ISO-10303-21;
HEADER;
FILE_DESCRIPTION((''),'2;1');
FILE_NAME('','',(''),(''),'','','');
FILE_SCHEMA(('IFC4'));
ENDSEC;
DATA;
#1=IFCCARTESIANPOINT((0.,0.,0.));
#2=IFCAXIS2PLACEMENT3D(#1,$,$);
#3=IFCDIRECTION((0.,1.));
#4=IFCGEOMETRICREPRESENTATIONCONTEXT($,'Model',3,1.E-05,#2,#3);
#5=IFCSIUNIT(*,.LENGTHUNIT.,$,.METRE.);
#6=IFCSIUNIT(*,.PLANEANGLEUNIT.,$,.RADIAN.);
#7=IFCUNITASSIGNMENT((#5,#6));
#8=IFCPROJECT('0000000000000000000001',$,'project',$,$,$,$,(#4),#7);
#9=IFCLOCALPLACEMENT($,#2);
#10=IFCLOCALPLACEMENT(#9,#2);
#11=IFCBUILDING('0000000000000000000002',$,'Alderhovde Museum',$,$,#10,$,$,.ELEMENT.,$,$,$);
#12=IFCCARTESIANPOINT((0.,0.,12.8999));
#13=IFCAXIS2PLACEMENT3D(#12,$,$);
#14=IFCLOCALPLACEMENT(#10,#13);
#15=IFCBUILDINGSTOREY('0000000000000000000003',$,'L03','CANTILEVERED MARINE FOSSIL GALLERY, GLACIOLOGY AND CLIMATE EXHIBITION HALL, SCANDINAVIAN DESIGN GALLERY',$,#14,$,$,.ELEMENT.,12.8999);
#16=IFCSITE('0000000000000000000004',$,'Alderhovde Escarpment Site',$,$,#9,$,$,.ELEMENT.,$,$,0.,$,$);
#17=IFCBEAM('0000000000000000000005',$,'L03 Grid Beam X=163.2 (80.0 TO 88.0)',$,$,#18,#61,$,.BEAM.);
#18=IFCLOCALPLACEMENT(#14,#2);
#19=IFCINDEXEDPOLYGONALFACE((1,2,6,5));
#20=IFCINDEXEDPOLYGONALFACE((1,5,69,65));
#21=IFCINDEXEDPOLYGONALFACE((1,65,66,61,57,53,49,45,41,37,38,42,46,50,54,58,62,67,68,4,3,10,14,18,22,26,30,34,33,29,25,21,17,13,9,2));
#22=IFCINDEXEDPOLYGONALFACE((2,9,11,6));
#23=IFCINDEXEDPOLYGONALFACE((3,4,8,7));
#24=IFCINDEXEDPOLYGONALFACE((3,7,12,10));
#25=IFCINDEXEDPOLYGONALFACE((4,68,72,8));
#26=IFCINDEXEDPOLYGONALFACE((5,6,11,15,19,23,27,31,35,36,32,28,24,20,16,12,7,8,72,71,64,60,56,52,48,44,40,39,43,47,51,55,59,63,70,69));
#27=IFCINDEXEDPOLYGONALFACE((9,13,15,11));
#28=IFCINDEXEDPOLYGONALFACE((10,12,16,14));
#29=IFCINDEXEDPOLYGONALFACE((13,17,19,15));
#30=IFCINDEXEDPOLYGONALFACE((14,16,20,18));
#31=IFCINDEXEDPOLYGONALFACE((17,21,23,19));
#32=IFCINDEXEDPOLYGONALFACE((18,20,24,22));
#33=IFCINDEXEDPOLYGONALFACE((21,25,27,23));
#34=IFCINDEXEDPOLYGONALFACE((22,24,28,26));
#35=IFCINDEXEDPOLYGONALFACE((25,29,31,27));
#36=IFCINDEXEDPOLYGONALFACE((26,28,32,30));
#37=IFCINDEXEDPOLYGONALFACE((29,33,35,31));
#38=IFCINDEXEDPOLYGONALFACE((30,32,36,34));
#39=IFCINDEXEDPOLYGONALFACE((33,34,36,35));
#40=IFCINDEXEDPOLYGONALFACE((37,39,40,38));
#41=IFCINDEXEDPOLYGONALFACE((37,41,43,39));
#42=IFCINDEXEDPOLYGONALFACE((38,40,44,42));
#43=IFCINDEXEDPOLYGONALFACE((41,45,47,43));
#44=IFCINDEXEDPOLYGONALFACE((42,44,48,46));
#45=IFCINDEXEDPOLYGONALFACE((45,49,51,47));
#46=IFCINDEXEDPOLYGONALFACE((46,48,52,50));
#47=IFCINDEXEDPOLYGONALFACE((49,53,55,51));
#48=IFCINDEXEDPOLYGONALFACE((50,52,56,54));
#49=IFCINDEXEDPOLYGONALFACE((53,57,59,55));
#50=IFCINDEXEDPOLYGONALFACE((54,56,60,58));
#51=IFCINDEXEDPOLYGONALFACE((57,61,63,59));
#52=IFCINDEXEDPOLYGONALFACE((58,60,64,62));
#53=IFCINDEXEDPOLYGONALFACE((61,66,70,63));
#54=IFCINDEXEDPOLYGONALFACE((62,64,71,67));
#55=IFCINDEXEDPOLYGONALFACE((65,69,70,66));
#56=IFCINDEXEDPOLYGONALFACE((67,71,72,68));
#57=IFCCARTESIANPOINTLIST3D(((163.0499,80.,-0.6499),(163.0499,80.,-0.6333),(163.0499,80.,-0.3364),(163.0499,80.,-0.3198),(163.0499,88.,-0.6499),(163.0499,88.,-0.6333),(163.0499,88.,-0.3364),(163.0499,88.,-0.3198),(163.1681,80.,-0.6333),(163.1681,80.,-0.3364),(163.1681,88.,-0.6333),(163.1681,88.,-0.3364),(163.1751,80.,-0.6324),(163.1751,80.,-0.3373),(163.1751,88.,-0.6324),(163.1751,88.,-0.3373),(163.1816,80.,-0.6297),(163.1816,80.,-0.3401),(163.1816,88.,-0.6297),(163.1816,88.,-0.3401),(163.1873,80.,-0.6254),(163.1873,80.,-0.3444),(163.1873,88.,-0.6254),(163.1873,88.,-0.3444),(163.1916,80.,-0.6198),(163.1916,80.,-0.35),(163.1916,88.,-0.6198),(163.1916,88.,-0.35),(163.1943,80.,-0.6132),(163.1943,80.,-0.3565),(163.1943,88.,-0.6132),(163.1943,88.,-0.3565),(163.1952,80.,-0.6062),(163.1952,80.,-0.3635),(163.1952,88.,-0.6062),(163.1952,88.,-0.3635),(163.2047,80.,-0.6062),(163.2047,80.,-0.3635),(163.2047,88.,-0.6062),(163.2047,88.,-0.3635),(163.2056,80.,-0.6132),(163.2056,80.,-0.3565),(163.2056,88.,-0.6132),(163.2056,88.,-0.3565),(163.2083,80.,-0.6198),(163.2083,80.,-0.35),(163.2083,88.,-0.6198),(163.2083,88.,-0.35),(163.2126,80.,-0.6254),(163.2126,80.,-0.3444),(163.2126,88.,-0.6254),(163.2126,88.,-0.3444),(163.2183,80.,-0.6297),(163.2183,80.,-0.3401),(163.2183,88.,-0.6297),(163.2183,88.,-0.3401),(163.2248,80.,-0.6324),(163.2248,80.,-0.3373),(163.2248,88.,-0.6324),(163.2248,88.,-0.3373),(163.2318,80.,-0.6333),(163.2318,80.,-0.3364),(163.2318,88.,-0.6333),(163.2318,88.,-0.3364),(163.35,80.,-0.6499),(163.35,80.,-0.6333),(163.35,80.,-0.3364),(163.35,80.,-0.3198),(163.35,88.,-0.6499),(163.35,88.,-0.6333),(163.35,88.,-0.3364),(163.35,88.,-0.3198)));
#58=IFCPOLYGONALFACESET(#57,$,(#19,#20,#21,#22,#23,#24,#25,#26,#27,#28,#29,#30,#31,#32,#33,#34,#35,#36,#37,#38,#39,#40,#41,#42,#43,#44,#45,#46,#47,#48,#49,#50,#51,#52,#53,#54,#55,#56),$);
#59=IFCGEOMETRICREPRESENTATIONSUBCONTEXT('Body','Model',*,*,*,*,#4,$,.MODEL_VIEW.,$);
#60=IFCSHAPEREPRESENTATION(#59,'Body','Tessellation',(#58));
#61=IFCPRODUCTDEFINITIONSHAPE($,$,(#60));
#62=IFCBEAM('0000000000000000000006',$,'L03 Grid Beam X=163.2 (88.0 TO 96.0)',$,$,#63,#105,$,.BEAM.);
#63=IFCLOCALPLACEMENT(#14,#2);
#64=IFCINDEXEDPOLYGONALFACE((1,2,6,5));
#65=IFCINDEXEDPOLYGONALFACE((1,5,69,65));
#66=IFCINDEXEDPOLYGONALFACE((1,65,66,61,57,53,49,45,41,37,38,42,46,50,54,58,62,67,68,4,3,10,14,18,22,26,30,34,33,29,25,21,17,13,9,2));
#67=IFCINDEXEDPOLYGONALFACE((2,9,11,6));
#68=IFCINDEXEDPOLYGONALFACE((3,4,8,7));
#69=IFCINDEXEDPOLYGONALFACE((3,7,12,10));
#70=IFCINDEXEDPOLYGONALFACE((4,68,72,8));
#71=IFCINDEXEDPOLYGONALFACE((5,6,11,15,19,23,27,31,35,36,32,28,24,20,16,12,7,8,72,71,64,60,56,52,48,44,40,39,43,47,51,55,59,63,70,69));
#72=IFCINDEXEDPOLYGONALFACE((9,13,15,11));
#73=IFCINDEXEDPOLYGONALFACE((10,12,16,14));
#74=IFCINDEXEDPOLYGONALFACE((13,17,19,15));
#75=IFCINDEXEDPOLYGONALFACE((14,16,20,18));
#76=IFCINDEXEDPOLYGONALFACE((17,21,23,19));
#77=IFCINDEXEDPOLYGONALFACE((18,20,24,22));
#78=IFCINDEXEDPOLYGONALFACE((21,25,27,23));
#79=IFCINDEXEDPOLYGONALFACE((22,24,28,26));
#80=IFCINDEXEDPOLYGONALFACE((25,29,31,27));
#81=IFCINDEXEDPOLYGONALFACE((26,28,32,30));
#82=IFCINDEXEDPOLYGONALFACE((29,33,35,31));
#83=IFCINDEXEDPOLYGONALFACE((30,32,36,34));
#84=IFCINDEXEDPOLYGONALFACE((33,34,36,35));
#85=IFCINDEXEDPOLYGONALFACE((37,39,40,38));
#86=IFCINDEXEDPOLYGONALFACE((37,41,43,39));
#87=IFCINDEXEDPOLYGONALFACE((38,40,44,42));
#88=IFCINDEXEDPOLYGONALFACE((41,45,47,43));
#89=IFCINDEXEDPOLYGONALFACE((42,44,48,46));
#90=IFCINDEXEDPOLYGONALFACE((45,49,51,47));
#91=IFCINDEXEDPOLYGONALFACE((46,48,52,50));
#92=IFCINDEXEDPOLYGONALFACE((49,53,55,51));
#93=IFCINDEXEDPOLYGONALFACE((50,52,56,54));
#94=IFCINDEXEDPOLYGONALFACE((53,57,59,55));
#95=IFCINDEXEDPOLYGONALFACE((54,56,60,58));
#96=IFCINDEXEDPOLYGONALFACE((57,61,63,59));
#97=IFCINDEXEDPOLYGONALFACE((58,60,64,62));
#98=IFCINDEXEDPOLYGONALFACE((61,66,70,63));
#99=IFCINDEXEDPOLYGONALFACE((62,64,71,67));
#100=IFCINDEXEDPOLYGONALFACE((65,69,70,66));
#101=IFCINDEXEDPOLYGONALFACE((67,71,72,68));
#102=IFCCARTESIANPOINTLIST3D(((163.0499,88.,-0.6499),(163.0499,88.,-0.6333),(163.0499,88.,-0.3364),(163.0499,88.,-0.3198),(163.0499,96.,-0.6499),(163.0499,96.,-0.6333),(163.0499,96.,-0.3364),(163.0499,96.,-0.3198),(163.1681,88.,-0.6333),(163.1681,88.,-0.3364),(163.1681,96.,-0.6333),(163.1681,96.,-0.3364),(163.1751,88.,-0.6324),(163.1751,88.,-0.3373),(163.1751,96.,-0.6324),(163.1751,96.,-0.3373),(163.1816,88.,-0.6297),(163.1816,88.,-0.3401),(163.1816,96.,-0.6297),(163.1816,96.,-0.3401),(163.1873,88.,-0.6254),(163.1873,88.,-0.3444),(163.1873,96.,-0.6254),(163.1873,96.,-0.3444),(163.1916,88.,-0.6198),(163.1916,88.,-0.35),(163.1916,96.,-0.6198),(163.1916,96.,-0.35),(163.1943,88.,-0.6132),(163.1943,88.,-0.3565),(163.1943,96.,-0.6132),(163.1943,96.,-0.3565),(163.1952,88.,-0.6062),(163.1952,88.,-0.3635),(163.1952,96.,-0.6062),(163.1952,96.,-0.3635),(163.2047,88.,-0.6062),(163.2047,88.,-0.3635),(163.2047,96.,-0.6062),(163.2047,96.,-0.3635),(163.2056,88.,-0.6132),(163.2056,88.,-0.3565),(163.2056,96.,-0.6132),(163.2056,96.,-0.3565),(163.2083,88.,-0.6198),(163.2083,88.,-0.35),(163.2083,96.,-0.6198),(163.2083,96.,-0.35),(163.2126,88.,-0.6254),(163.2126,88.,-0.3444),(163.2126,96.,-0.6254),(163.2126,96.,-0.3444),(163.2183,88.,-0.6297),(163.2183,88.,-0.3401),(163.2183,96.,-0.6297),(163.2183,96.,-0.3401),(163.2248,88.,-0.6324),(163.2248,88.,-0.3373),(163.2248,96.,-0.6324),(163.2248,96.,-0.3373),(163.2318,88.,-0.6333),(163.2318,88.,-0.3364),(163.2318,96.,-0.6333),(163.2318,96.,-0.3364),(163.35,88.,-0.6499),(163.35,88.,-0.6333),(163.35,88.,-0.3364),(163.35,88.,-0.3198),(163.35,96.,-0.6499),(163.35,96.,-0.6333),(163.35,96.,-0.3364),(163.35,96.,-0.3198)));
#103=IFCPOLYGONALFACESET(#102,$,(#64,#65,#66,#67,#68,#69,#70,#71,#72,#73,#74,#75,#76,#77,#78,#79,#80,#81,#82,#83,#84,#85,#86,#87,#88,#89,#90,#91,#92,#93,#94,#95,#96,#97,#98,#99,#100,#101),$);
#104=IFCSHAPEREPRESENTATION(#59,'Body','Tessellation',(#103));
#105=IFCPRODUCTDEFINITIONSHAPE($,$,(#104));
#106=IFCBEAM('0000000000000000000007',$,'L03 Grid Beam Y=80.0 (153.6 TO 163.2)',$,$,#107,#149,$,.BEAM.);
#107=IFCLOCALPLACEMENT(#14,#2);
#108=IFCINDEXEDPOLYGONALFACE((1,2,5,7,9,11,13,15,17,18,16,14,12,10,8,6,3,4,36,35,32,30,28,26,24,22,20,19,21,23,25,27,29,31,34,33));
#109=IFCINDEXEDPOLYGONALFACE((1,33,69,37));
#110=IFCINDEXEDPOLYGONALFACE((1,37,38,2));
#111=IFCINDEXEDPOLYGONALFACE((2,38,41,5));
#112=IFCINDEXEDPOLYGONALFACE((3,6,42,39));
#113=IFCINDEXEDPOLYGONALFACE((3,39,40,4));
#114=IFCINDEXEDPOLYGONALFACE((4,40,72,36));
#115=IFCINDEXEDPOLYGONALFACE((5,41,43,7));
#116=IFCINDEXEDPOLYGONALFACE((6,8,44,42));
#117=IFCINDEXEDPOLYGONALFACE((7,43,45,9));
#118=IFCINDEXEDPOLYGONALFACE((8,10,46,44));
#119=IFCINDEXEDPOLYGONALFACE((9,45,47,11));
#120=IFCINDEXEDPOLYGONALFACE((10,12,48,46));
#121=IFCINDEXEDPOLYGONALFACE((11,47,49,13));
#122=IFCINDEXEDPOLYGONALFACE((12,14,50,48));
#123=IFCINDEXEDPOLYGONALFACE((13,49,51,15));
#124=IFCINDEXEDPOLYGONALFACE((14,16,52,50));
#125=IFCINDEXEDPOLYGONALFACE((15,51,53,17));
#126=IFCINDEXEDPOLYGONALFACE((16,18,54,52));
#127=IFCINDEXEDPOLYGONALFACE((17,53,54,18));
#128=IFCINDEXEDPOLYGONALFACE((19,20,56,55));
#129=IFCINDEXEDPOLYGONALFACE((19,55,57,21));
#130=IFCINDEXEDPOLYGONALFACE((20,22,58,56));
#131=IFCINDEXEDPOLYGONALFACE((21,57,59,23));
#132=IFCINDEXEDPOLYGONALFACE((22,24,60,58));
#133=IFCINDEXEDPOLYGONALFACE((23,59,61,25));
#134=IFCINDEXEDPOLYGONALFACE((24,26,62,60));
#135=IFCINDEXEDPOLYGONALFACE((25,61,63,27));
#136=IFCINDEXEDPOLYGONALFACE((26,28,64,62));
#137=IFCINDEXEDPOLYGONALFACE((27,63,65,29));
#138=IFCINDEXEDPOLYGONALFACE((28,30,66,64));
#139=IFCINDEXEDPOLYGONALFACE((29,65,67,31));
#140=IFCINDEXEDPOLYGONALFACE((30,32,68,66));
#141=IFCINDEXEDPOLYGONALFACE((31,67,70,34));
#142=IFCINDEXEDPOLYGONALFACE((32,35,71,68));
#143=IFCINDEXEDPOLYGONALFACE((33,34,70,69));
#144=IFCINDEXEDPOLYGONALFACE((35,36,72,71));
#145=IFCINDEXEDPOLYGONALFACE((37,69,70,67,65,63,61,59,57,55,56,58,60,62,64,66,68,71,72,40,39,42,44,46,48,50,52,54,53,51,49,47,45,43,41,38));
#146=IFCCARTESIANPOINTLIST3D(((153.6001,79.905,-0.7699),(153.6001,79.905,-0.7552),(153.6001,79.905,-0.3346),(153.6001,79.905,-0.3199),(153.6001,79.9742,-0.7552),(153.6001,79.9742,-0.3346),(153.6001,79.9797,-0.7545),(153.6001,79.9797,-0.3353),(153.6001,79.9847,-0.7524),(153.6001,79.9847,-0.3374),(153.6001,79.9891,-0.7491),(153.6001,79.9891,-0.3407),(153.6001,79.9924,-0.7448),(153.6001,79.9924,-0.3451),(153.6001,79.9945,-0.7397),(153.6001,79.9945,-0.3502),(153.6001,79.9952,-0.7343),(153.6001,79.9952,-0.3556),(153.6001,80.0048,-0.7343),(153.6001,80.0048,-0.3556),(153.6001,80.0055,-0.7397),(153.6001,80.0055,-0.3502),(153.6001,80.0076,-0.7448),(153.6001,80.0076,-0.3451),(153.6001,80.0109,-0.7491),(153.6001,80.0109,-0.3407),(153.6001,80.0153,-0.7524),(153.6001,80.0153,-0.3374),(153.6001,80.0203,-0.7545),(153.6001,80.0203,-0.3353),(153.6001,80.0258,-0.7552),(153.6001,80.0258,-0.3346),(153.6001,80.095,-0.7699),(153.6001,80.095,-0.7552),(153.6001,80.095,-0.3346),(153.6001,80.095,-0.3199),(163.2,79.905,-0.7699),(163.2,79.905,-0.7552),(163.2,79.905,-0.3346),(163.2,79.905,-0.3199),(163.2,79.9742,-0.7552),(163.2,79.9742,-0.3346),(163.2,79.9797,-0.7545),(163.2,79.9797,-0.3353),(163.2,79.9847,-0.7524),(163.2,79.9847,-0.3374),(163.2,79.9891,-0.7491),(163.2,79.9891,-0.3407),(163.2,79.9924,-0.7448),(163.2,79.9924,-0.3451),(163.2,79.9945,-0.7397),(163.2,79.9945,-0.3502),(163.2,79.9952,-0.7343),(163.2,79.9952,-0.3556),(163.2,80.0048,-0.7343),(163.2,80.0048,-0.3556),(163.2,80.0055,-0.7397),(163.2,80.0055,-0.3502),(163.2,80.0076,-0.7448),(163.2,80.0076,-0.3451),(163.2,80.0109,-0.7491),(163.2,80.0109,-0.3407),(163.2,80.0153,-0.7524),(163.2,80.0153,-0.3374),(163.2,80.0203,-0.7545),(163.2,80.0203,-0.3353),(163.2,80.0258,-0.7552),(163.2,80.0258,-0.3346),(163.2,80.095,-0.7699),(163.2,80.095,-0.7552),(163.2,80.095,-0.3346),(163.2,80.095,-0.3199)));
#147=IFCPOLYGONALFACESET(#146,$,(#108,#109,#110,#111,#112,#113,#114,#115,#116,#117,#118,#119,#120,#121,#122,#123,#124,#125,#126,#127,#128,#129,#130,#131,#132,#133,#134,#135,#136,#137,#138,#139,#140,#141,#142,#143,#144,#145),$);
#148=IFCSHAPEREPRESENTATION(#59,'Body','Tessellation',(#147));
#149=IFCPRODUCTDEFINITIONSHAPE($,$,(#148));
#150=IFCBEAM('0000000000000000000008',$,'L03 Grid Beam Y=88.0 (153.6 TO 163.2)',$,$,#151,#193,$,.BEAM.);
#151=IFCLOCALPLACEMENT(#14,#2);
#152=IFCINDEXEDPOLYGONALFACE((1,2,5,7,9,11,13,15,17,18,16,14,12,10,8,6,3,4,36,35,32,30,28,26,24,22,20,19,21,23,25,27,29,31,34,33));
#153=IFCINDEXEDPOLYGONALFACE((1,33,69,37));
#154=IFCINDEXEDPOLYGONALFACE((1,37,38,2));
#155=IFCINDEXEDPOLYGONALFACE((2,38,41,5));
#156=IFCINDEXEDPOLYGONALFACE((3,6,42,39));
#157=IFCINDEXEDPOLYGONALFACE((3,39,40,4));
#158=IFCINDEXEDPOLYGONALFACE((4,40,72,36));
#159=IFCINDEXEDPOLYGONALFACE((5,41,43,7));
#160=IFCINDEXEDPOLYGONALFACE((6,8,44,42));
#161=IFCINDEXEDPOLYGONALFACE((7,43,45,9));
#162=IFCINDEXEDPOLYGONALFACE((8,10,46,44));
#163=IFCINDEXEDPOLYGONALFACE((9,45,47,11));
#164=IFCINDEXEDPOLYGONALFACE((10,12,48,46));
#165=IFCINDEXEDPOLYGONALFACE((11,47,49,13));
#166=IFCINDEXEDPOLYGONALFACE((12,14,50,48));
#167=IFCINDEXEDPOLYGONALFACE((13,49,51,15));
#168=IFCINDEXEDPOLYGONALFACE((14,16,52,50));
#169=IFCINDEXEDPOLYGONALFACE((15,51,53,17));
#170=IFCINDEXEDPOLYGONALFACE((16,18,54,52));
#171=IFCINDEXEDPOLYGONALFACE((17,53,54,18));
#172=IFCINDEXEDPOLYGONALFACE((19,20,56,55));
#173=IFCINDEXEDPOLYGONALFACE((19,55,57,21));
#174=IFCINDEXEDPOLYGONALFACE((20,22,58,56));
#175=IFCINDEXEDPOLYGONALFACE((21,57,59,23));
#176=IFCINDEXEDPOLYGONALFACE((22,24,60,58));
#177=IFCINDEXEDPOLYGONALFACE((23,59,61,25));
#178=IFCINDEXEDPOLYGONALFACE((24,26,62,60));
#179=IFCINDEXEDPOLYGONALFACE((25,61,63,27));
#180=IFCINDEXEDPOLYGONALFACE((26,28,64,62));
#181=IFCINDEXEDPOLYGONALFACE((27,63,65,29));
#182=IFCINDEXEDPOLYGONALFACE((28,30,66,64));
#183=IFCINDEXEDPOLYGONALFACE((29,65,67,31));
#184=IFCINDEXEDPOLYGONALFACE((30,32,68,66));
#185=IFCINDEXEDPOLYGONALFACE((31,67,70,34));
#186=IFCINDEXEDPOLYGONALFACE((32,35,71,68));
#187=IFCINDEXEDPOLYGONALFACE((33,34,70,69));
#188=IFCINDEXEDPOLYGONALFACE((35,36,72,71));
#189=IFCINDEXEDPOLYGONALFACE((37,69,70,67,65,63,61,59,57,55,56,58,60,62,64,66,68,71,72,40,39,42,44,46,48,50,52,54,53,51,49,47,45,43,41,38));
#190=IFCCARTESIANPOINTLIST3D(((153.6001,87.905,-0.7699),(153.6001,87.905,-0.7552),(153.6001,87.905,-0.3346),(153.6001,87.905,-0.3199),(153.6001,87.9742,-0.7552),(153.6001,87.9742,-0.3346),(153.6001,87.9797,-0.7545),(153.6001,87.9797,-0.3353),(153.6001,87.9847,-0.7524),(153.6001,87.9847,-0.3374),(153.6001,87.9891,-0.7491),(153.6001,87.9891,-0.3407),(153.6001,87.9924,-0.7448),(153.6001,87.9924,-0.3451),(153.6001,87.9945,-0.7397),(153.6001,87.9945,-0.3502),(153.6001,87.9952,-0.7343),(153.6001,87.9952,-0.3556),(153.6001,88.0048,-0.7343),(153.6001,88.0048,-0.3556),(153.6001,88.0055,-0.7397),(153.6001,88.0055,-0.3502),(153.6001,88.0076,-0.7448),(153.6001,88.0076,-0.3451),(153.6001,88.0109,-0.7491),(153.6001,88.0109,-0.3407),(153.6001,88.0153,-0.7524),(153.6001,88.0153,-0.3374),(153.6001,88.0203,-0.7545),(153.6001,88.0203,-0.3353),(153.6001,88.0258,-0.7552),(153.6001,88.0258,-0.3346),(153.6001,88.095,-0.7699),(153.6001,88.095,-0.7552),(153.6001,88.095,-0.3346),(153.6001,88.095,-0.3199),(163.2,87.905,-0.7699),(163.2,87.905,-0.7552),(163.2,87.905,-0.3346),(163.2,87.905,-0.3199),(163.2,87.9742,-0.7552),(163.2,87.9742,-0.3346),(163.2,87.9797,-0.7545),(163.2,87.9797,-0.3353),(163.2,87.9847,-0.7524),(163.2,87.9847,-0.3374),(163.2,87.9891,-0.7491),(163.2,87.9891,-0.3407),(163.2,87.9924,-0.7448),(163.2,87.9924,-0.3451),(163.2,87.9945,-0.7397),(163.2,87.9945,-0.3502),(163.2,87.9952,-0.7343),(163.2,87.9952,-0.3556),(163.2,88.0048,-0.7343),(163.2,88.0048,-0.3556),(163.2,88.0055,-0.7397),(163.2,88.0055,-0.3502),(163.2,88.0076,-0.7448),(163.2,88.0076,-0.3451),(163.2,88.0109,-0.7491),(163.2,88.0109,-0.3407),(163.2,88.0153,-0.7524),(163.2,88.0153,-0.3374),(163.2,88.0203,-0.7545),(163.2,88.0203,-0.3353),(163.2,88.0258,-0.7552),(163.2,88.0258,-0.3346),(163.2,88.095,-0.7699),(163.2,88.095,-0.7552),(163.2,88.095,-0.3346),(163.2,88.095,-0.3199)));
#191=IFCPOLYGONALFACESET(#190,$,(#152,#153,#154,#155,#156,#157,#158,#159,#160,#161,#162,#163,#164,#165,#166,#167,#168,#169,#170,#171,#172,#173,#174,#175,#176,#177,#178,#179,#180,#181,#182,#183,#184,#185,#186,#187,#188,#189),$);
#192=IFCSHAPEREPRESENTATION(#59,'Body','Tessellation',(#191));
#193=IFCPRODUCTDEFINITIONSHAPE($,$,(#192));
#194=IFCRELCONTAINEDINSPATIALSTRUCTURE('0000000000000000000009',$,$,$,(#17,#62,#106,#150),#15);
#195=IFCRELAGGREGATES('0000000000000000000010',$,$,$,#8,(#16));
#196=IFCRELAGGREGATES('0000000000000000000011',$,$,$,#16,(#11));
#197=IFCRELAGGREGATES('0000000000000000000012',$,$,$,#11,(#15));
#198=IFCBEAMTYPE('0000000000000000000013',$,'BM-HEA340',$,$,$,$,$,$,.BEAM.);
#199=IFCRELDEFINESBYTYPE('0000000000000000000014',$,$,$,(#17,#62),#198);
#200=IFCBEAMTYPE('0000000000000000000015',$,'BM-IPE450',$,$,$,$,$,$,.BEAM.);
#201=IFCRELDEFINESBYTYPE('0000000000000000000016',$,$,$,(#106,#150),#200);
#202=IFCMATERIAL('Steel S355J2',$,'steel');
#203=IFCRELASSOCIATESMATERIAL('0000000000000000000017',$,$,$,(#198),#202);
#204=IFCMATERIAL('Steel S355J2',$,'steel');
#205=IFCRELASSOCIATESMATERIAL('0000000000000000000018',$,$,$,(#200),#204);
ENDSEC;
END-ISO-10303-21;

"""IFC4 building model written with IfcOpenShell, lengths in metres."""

from ifc_helpers import new_model, si_unit, direction, frame, origin, origin_2d, place, context, subcontext, project, spatial, i_section, extrude, material, material_profile, profile_set, type_object, element, save


model = new_model("IFC4")

# Units and contexts
model_context = context("Model", 3, precision=1e-05, world=origin(), true_north=direction((0.0, 1.0)))
body_context = subcontext(model_context, "Body", "Model", "MODEL_VIEW")
ifc_project = project(units=[si_unit("LENGTHUNIT", "METRE"), si_unit("PLANEANGLEUNIT", "RADIAN")], contexts=[model_context])

# Site, building, storey
site_placement = place(None, origin())
site = spatial("IfcSite", under=ifc_project, at=site_placement, Name="Alderhovde Escarpment Site", CompositionType="ELEMENT", RefElevation=0.0)
building_placement = place(site_placement, origin())
building = spatial("IfcBuilding", under=site, at=building_placement, Name="Alderhovde Museum", CompositionType="ELEMENT")
storey_placement = place(building_placement, frame((0.0, 0.0, 12.8999)))
storey = spatial("IfcBuildingStorey", under=building, at=storey_placement, Name="L03", Description="CANTILEVERED MARINE FOSSIL GALLERY, GLACIOLOGY AND CLIMATE EXHIBITION HALL, SCANDINAVIAN DESIGN GALLERY", CompositionType="ELEMENT", Elevation=12.8999)

# Beams
ifc_material_1 = material(Name="Steel S355J2", Category="steel")
ifc_material_profile_1 = material_profile(ifc_material_1, i_section(OverallWidth=0.3, OverallDepth=0.3301, WebThickness=0.0095, FlangeThickness=0.0166, FilletRadius=0.0271, at=origin_2d()), Name="HEA 340")
ifc_profile_set_1 = profile_set([ifc_material_profile_1], Name="Steel S355J2")
beam_type_1 = type_object("IfcBeamType", Name="BM-HEA340", PredefinedType="BEAM", material=ifc_profile_set_1)
for number, where, z_axis, x_axis, name in (
    (1, (163.2, 80.0, -0.4849), (0.0, 1.0, 0.0), (-1.0, 0.0, 0.0), "L03 Grid Beam X=163.2 (80.0 TO 88.0)"),
    (2, (163.2, 88.0, -0.4849), (0.0, 1.0, 0.0), (-1.0, 0.0, 0.0), "L03 Grid Beam X=163.2 (88.0 TO 96.0)"),
):
    element("IfcBeam", number, at=place(storey_placement, frame(where, z_axis=z_axis, x_axis=x_axis)), inside=storey, type_object=beam_type_1, Name=name, PredefinedType="BEAM", context=body_context, shape_type="SweptSolid", body=[
        extrude(i_section(OverallWidth=0.3, OverallDepth=0.3301, WebThickness=0.0095, FlangeThickness=0.0166, FilletRadius=0.0271, at=origin_2d()), origin(), (0.0, 0.0, 1.0), 8.0),
    ])
ifc_material_2 = material(Name="Steel S355J2", Category="steel")
ifc_material_profile_2 = material_profile(ifc_material_2, i_section(OverallWidth=0.1899, OverallDepth=0.45, WebThickness=0.0095, FlangeThickness=0.0146, FilletRadius=0.021, at=origin_2d()), Name="IPE 450")
ifc_profile_set_2 = profile_set([ifc_material_profile_2], Name="Steel S355J2")
beam_type_2 = type_object("IfcBeamType", Name="BM-IPE450", PredefinedType="BEAM", material=ifc_profile_set_2)
for number, where, z_axis, x_axis, name in (
    (3, (153.6001, 80.0, -0.5449), (1.0, 0.0, 0.0), (0.0, 1.0, 0.0), "L03 Grid Beam Y=80.0 (153.6 TO 163.2)"),
    (4, (153.6001, 88.0, -0.5449), (1.0, 0.0, 0.0), (0.0, 1.0, 0.0), "L03 Grid Beam Y=88.0 (153.6 TO 163.2)"),
):
    element("IfcBeam", number, at=place(storey_placement, frame(where, z_axis=z_axis, x_axis=x_axis)), inside=storey, type_object=beam_type_2, Name=name, PredefinedType="BEAM", context=body_context, shape_type="SweptSolid", body=[
        extrude(i_section(OverallWidth=0.1899, OverallDepth=0.45, WebThickness=0.0095, FlangeThickness=0.0146, FilletRadius=0.021, at=origin_2d()), origin(), (0.0, 0.0, 1.0), 9.5999),
    ])

save(model, "model.ifc")
